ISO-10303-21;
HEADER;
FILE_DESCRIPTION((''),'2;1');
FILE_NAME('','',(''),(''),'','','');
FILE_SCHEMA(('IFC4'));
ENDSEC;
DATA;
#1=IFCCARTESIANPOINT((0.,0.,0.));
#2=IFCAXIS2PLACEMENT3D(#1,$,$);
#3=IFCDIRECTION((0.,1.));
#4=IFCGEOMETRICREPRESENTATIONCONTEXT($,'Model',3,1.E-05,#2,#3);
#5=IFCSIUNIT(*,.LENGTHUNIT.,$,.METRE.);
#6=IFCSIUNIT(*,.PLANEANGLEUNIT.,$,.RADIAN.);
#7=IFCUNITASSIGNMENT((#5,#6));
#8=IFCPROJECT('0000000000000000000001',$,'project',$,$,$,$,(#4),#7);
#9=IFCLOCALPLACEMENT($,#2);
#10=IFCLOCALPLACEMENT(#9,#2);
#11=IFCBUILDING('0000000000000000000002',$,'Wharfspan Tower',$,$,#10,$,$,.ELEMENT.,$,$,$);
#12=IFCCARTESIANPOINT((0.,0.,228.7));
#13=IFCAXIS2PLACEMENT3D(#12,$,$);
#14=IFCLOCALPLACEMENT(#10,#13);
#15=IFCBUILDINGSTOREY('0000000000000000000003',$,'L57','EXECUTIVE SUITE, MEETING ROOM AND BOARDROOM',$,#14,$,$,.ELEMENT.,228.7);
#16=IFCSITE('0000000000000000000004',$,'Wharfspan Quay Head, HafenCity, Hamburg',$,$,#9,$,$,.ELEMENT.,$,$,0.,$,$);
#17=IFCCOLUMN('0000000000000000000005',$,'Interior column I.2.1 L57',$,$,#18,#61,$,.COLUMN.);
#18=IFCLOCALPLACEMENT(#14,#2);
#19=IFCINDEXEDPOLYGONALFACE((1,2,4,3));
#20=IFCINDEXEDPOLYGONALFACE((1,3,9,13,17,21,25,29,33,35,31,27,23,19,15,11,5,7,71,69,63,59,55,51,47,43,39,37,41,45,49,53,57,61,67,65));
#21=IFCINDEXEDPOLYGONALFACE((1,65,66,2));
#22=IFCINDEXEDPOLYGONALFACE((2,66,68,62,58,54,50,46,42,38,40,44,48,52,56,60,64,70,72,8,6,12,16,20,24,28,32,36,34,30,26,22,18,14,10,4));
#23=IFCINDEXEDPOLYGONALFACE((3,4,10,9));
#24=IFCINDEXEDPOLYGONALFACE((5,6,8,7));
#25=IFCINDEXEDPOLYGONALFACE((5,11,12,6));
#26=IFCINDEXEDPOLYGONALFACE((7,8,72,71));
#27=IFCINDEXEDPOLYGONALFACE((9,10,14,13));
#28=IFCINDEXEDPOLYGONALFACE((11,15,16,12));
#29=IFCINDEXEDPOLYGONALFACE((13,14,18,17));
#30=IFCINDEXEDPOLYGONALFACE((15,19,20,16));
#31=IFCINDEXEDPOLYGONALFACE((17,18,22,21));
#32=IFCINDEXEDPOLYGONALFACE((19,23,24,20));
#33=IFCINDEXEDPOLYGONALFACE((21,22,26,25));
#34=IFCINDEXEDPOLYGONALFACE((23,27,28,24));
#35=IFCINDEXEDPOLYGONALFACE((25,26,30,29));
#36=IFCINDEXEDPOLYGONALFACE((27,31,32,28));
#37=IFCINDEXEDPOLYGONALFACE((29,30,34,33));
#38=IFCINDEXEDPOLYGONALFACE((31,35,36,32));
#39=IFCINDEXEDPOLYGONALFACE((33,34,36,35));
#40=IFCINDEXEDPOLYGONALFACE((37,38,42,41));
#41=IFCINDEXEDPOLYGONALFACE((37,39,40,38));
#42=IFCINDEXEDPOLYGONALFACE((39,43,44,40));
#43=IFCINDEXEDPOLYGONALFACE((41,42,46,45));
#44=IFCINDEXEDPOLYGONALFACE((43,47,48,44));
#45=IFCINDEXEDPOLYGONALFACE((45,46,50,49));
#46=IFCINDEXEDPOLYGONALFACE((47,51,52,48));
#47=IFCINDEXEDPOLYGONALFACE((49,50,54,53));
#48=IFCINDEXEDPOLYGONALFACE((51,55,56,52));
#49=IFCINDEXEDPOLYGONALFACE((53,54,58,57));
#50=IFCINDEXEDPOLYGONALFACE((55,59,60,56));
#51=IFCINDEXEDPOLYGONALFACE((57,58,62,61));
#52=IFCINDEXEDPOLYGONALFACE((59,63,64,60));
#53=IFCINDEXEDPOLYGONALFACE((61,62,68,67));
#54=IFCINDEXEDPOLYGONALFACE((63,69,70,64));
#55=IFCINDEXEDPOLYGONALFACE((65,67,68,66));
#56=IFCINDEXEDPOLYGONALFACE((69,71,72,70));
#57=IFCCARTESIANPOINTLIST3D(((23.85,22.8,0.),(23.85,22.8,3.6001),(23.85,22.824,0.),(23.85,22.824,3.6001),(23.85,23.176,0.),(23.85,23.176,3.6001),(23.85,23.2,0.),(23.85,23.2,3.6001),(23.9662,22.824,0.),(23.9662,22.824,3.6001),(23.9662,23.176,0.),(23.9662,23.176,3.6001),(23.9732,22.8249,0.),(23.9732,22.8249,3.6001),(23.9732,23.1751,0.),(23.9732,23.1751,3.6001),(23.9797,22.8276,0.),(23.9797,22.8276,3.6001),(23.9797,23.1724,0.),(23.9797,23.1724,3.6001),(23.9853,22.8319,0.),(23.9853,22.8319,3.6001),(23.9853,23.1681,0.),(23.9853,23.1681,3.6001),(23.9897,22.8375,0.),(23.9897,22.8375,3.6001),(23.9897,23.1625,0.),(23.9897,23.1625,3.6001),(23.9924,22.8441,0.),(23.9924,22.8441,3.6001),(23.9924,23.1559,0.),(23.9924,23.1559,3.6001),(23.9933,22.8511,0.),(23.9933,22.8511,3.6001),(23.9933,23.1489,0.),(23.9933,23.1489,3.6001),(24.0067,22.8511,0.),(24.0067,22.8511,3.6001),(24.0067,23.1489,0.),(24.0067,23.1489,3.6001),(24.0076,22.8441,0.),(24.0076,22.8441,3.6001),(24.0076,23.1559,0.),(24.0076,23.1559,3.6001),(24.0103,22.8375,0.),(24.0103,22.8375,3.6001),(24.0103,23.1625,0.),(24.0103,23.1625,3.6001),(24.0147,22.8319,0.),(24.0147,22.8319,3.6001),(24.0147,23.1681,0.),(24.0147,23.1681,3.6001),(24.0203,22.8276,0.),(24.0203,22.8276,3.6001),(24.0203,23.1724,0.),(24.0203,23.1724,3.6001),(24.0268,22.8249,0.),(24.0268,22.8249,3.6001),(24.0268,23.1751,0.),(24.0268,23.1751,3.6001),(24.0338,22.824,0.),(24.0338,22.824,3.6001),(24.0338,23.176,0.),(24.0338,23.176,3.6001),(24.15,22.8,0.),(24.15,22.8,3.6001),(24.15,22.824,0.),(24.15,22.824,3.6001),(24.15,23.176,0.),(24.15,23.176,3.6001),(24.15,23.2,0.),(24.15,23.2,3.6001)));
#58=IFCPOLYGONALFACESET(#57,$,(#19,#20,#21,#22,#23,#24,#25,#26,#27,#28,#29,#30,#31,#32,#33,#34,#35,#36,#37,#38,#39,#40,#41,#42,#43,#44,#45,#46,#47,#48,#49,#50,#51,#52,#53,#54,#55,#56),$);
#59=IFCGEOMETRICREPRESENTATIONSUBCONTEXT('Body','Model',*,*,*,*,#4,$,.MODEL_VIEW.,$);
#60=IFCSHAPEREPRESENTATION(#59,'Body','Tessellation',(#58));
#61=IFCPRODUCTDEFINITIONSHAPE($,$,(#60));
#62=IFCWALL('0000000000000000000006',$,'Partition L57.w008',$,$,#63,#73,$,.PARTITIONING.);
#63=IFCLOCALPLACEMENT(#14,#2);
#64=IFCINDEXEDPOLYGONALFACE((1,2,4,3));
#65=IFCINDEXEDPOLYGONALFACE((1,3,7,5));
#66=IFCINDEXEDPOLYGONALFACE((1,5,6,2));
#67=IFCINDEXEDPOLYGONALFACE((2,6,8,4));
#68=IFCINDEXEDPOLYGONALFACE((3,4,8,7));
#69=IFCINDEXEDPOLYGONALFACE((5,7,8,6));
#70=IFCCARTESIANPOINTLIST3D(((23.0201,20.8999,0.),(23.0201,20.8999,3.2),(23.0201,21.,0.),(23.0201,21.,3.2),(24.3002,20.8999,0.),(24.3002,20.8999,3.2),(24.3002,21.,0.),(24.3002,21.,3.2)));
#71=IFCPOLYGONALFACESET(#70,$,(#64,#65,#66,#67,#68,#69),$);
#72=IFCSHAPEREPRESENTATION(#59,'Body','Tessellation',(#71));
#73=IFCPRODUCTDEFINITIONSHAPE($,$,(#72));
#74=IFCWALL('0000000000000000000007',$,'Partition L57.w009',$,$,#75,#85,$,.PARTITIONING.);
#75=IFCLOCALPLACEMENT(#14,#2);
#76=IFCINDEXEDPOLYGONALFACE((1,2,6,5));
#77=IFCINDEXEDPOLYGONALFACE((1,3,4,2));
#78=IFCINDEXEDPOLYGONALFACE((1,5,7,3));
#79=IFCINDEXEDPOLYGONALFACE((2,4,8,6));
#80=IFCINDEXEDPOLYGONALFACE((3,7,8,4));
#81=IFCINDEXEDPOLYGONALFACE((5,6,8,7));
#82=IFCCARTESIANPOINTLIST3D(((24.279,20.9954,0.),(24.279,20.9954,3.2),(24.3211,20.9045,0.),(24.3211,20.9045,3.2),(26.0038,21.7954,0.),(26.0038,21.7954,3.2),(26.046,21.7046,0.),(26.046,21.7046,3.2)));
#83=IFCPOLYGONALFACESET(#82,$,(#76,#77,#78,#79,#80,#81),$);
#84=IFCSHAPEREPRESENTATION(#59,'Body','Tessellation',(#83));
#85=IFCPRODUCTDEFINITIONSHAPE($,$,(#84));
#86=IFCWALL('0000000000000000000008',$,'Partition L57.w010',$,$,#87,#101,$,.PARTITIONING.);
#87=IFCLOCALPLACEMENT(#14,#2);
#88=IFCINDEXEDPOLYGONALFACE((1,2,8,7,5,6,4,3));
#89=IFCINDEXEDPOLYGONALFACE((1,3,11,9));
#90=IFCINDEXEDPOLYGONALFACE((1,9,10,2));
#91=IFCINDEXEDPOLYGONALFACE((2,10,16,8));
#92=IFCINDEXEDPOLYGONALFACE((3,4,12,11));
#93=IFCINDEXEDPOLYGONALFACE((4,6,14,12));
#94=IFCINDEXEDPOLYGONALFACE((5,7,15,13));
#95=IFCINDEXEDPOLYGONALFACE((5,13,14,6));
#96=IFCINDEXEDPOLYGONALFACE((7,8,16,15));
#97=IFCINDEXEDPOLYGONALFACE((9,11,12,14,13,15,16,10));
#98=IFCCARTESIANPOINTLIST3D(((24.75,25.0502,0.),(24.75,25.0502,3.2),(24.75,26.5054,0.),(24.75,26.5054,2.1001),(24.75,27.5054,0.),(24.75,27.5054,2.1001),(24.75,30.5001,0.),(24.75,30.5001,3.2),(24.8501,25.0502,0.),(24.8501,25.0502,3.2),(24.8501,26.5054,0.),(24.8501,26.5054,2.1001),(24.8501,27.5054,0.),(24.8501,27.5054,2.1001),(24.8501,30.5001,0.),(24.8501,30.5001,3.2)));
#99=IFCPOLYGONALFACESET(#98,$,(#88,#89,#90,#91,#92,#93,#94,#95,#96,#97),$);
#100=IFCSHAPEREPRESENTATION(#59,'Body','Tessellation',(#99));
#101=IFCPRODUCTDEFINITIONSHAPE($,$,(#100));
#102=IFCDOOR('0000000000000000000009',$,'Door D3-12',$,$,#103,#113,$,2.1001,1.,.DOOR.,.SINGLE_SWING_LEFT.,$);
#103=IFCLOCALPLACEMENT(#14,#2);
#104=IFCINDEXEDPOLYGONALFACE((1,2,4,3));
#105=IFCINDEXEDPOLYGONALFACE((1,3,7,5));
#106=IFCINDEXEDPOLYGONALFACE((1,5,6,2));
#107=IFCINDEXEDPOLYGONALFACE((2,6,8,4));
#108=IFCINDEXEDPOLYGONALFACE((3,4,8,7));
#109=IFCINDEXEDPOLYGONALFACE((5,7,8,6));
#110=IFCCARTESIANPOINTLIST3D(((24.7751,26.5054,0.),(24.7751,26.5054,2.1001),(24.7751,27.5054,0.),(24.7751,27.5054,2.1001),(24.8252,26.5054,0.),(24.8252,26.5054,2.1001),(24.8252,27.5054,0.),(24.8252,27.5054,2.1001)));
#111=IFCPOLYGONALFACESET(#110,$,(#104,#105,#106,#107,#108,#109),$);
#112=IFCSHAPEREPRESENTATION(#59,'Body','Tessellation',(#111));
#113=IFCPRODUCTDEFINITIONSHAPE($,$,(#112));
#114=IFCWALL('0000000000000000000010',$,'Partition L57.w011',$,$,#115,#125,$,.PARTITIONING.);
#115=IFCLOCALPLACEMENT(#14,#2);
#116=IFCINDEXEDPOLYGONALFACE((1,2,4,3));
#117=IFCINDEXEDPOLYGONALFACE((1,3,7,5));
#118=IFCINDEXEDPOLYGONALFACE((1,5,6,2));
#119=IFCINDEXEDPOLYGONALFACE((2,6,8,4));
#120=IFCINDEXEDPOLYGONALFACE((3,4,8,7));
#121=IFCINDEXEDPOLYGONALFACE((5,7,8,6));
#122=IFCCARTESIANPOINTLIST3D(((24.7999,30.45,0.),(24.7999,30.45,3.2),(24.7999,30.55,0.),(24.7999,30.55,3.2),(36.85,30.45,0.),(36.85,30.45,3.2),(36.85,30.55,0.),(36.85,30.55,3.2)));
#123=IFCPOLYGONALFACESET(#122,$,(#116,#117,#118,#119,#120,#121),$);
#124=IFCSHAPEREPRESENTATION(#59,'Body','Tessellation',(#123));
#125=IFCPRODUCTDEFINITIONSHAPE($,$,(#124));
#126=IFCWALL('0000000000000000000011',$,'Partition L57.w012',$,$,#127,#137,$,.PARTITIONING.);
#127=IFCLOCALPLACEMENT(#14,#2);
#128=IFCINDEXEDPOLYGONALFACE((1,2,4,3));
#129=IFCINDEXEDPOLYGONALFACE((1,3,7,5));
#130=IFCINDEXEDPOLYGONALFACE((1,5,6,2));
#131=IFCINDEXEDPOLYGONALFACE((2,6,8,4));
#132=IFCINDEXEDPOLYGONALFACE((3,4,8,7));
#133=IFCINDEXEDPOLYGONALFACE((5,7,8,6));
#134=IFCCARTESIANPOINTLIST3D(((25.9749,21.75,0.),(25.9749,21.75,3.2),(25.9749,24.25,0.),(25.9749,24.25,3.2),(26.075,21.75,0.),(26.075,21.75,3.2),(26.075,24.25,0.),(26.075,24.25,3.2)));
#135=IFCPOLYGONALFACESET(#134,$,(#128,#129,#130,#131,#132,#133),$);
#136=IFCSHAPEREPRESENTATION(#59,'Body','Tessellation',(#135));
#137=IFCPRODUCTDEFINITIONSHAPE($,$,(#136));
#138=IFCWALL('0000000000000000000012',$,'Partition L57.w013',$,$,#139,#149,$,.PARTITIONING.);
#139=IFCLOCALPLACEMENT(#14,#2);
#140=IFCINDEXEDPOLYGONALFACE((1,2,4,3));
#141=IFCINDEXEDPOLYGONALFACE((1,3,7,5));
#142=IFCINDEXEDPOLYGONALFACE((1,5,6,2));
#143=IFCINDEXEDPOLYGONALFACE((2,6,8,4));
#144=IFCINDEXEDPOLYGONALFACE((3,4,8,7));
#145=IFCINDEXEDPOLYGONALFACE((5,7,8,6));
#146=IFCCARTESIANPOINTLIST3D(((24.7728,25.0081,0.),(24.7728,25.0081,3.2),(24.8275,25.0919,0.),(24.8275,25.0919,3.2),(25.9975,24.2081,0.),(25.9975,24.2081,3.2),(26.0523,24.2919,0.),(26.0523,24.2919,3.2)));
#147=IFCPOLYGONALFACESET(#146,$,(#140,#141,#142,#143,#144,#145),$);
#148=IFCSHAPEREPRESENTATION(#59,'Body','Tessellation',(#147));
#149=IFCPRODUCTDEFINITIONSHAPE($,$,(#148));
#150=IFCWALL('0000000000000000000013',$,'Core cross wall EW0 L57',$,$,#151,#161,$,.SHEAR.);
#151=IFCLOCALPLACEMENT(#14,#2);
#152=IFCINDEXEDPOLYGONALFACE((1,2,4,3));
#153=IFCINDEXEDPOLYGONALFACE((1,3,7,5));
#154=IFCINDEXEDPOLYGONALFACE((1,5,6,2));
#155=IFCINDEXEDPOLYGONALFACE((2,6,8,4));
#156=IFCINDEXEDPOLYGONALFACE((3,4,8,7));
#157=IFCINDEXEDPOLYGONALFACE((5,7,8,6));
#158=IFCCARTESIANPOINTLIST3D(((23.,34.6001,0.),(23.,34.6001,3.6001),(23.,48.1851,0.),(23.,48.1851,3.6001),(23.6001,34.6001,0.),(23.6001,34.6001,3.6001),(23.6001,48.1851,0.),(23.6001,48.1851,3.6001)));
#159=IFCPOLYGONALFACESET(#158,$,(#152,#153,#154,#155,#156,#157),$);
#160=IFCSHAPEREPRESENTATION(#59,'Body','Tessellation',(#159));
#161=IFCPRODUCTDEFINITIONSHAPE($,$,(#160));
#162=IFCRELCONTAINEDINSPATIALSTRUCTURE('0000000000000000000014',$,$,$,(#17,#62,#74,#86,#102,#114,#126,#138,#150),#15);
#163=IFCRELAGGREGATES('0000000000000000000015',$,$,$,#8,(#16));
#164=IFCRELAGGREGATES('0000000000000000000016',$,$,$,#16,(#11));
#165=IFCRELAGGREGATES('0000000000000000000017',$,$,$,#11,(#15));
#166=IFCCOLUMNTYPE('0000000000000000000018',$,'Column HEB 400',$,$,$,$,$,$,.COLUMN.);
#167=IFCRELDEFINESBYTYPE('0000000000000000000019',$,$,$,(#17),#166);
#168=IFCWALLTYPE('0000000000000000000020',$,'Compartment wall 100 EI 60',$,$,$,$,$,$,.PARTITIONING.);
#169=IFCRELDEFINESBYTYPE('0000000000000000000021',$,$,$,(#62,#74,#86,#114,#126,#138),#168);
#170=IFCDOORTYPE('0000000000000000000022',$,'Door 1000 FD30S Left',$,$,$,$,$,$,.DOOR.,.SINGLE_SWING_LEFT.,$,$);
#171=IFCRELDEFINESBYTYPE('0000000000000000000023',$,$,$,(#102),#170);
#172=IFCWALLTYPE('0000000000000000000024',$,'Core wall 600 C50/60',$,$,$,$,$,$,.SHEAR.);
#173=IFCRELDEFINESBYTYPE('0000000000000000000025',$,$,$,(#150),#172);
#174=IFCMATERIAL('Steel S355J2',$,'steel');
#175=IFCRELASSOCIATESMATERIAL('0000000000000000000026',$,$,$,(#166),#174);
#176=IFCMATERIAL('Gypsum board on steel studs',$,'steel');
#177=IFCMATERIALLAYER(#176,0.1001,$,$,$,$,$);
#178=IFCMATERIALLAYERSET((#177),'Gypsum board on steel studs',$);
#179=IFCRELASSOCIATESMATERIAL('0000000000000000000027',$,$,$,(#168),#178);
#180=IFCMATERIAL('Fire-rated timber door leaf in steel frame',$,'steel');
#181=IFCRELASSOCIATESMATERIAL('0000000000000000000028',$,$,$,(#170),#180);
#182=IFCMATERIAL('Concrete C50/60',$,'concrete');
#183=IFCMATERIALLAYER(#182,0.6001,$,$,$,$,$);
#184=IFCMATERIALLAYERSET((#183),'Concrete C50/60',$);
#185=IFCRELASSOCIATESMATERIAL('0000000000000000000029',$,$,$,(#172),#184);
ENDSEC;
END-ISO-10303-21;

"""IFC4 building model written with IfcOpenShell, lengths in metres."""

from ifc_helpers import new_model, si_unit, direction, frame, frame_2d, origin, origin_2d, place, context, subcontext, project, spatial, rectangle, i_section, extrude, material, layer, layer_set, material_profile, profile_set, type_object, element, fill, save


model = new_model("IFC4")

# Units and contexts
model_context = context("Model", 3, precision=1e-05, world=origin(), true_north=direction((0.0, 1.0)))
body_context = subcontext(model_context, "Body", "Model", "MODEL_VIEW")
ifc_project = project(units=[si_unit("LENGTHUNIT", "METRE"), si_unit("PLANEANGLEUNIT", "RADIAN")], contexts=[model_context])

# Site, building, storey
site_placement = place(None, origin())
site = spatial("IfcSite", under=ifc_project, at=site_placement, Name="Wharfspan Quay Head, HafenCity, Hamburg", CompositionType="ELEMENT", RefElevation=0.0)
building_placement = place(site_placement, origin())
building = spatial("IfcBuilding", under=site, at=building_placement, Name="Wharfspan Tower", CompositionType="ELEMENT")
storey_placement = place(building_placement, frame((0.0, 0.0, 228.7)))
storey = spatial("IfcBuildingStorey", under=building, at=storey_placement, Name="L57", Description="EXECUTIVE SUITE, MEETING ROOM AND BOARDROOM", CompositionType="ELEMENT", Elevation=228.7)

# Column
ifc_material_1 = material(Name="Steel S355J2", Category="steel")
ifc_material_profile = material_profile(ifc_material_1, i_section(OverallWidth=0.3, OverallDepth=0.3999, WebThickness=0.0134, FlangeThickness=0.0239, FilletRadius=0.0271, at=origin_2d()))
ifc_profile_set = profile_set([ifc_material_profile], Name="Steel S355J2")
column_type = type_object("IfcColumnType", Name="Column HEB 400", PredefinedType="COLUMN", material=ifc_profile_set)
column_placement = place(storey_placement, frame((24.0, 23.0, 0.0), z_axis=(0.0, 0.0, 1.0), x_axis=(1.0, 0.0, 0.0)))
element("IfcColumn", 1, at=column_placement, inside=storey, type_object=column_type, Name="Interior column I.2.1 L57", PredefinedType="COLUMN", context=body_context, shape_type="SweptSolid", body=[
    extrude(i_section(OverallWidth=0.3, OverallDepth=0.3999, WebThickness=0.0134, FlangeThickness=0.0239, FilletRadius=0.0271, at=origin_2d()), origin(), (0.0, 0.0, 1.0), 3.6001),
])

# Walls
ifc_material_2 = material(Name="Gypsum board on steel studs", Category="steel")
ifc_layer_1 = layer(ifc_material_2, 0.1001)
ifc_layer_set_1 = layer_set([ifc_layer_1], Name="Gypsum board on steel studs")
wall_type_1 = type_object("IfcWallType", Name="Compartment wall 100 EI 60", PredefinedType="PARTITIONING", material=ifc_layer_set_1)
wall_1_placement = place(storey_placement, frame((23.02, 20.95, 0.0), z_axis=(0.0, 0.0, 1.0), x_axis=(1.0, 0.0, 0.0)))
element("IfcWall", 2, at=wall_1_placement, inside=storey, type_object=wall_type_1, Name="Partition L57.w008", PredefinedType="PARTITIONING", context=body_context, shape_type="SweptSolid", body=[
    extrude(rectangle(XDim=1.28, YDim=0.1001, at=frame_2d((0.6401, 0.0))), origin(), (0.0, 0.0, 1.0), 3.2),
])
wall_2_placement = place(storey_placement, frame((24.3, 20.95, 0.0), z_axis=(0.0, 0.0, 1.0), x_axis=(0.907168, 0.420777, 0.0)))
element("IfcWall", 3, at=wall_2_placement, inside=storey, type_object=wall_type_1, Name="Partition L57.w009", PredefinedType="PARTITIONING", context=body_context, shape_type="SweptSolid", body=[
    extrude(rectangle(XDim=1.9014, YDim=0.1001, at=frame_2d((0.9507, 0.0))), origin(), (0.0, 0.0, 1.0), 3.2),
])

# Wall, opening, door
wall_3_placement = place(storey_placement, frame((24.8, 25.05, 0.0), z_axis=(0.0, 0.0, 1.0), x_axis=(0.0, 1.0, 0.0)))
wall_3 = element("IfcWall", 4, at=wall_3_placement, inside=storey, type_object=wall_type_1, Name="Partition L57.w010", PredefinedType="PARTITIONING", context=body_context, shape_type="SweptSolid", body=[
    extrude(rectangle(XDim=5.45, YDim=0.1001, at=frame_2d((2.7251, 0.0))), origin(), (0.0, 0.0, 1.0), 3.2),
])
opening_1_placement = place(wall_3_placement, frame((1.4553, 0.0, 0.0)))
opening_1 = element("IfcOpeningElement", 5, at=opening_1_placement, cuts=wall_3, PredefinedType="OPENING", context=body_context, shape_type="SweptSolid", body=[
    extrude(rectangle(XDim=1.0, YDim=2.1001, at=frame_2d((0.5, 1.05))), frame((0.0, 0.0601, 0.0), z_axis=(0.0, -1.0, 0.0), x_axis=(1.0, 0.0, 0.0)), (0.0, 0.0, 1.0), 0.1201),
])
ifc_material_3 = material(Name="Fire-rated timber door leaf in steel frame", Category="steel")
door_type_1 = type_object("IfcDoorType", Name="Door 1000 FD30S Left", OperationType="SINGLE_SWING_LEFT", PredefinedType="DOOR", material=ifc_material_3)
door_1_placement = place(opening_1_placement, origin())
door_1 = element("IfcDoor", 6, at=door_1_placement, inside=storey, type_object=door_type_1, Name="Door D3-12", OperationType="SINGLE_SWING_LEFT", OverallHeight=2.1001, OverallWidth=1.0, PredefinedType="DOOR", context=body_context, shape_type="SweptSolid", body=[
    extrude(rectangle(XDim=1.0, YDim=2.1001, at=frame_2d((0.5, 1.05))), frame((0.0, 0.0249, 0.0), z_axis=(0.0, -1.0, 0.0), x_axis=(1.0, 0.0, 0.0)), (0.0, 0.0, 1.0), 0.05),
])
fill(opening_1, door_1)

# Walls
wall_4_placement = place(storey_placement, frame((24.8, 30.5, 0.0), z_axis=(0.0, 0.0, 1.0), x_axis=(1.0, 0.0, 0.0)))
element("IfcWall", 7, at=wall_4_placement, inside=storey, type_object=wall_type_1, Name="Partition L57.w011", PredefinedType="PARTITIONING", context=body_context, shape_type="SweptSolid", body=[
    extrude(rectangle(XDim=12.05, YDim=0.1001, at=frame_2d((6.0249, 0.0))), origin(), (0.0, 0.0, 1.0), 3.2),
])
wall_5_placement = place(storey_placement, frame((26.0249, 21.75, 0.0), z_axis=(0.0, 0.0, 1.0), x_axis=(0.0, 1.0, 0.0)))
element("IfcWall", 8, at=wall_5_placement, inside=storey, type_object=wall_type_1, Name="Partition L57.w012", PredefinedType="PARTITIONING", context=body_context, shape_type="SweptSolid", body=[
    extrude(rectangle(XDim=2.5, YDim=0.1001, at=frame_2d((1.25, 0.0))), origin(), (0.0, 0.0, 1.0), 3.2),
])
wall_6_placement = place(storey_placement, frame((26.0249, 24.25, 0.0), z_axis=(0.0, 0.0, 1.0), x_axis=(-0.837222, 0.546856, 0.0)))
element("IfcWall", 9, at=wall_6_placement, inside=storey, type_object=wall_type_1, Name="Partition L57.w013", PredefinedType="PARTITIONING", context=body_context, shape_type="SweptSolid", body=[
    extrude(rectangle(XDim=1.4629, YDim=0.1001, at=frame_2d((0.7314, 0.0))), origin(), (0.0, 0.0, 1.0), 3.2),
])

# Shared definitions
ifc_material_4 = material(Name="Concrete C50/60", Category="concrete")
ifc_layer_2 = layer(ifc_material_4, 0.6001)
ifc_layer_set_2 = layer_set([ifc_layer_2], Name="Concrete C50/60")
wall_type_2 = type_object("IfcWallType", Name="Core wall 600 C50/60", PredefinedType="SHEAR", material=ifc_layer_set_2)

# Wall
wall_7_placement = place(storey_placement, frame((23.3, 34.6001, 0.0), z_axis=(0.0, 0.0, 1.0), x_axis=(0.0, 1.0, 0.0)))
element("IfcWall", 10, at=wall_7_placement, inside=storey, type_object=wall_type_2, Name="Core cross wall EW0 L57", PredefinedType="SHEAR", context=body_context, shape_type="SweptSolid", body=[
    extrude(rectangle(XDim=13.585, YDim=0.6001, at=frame_2d((6.7925, 0.0))), origin(), (0.0, 0.0, 1.0), 3.6001),
])

save(model, "model.ifc")
